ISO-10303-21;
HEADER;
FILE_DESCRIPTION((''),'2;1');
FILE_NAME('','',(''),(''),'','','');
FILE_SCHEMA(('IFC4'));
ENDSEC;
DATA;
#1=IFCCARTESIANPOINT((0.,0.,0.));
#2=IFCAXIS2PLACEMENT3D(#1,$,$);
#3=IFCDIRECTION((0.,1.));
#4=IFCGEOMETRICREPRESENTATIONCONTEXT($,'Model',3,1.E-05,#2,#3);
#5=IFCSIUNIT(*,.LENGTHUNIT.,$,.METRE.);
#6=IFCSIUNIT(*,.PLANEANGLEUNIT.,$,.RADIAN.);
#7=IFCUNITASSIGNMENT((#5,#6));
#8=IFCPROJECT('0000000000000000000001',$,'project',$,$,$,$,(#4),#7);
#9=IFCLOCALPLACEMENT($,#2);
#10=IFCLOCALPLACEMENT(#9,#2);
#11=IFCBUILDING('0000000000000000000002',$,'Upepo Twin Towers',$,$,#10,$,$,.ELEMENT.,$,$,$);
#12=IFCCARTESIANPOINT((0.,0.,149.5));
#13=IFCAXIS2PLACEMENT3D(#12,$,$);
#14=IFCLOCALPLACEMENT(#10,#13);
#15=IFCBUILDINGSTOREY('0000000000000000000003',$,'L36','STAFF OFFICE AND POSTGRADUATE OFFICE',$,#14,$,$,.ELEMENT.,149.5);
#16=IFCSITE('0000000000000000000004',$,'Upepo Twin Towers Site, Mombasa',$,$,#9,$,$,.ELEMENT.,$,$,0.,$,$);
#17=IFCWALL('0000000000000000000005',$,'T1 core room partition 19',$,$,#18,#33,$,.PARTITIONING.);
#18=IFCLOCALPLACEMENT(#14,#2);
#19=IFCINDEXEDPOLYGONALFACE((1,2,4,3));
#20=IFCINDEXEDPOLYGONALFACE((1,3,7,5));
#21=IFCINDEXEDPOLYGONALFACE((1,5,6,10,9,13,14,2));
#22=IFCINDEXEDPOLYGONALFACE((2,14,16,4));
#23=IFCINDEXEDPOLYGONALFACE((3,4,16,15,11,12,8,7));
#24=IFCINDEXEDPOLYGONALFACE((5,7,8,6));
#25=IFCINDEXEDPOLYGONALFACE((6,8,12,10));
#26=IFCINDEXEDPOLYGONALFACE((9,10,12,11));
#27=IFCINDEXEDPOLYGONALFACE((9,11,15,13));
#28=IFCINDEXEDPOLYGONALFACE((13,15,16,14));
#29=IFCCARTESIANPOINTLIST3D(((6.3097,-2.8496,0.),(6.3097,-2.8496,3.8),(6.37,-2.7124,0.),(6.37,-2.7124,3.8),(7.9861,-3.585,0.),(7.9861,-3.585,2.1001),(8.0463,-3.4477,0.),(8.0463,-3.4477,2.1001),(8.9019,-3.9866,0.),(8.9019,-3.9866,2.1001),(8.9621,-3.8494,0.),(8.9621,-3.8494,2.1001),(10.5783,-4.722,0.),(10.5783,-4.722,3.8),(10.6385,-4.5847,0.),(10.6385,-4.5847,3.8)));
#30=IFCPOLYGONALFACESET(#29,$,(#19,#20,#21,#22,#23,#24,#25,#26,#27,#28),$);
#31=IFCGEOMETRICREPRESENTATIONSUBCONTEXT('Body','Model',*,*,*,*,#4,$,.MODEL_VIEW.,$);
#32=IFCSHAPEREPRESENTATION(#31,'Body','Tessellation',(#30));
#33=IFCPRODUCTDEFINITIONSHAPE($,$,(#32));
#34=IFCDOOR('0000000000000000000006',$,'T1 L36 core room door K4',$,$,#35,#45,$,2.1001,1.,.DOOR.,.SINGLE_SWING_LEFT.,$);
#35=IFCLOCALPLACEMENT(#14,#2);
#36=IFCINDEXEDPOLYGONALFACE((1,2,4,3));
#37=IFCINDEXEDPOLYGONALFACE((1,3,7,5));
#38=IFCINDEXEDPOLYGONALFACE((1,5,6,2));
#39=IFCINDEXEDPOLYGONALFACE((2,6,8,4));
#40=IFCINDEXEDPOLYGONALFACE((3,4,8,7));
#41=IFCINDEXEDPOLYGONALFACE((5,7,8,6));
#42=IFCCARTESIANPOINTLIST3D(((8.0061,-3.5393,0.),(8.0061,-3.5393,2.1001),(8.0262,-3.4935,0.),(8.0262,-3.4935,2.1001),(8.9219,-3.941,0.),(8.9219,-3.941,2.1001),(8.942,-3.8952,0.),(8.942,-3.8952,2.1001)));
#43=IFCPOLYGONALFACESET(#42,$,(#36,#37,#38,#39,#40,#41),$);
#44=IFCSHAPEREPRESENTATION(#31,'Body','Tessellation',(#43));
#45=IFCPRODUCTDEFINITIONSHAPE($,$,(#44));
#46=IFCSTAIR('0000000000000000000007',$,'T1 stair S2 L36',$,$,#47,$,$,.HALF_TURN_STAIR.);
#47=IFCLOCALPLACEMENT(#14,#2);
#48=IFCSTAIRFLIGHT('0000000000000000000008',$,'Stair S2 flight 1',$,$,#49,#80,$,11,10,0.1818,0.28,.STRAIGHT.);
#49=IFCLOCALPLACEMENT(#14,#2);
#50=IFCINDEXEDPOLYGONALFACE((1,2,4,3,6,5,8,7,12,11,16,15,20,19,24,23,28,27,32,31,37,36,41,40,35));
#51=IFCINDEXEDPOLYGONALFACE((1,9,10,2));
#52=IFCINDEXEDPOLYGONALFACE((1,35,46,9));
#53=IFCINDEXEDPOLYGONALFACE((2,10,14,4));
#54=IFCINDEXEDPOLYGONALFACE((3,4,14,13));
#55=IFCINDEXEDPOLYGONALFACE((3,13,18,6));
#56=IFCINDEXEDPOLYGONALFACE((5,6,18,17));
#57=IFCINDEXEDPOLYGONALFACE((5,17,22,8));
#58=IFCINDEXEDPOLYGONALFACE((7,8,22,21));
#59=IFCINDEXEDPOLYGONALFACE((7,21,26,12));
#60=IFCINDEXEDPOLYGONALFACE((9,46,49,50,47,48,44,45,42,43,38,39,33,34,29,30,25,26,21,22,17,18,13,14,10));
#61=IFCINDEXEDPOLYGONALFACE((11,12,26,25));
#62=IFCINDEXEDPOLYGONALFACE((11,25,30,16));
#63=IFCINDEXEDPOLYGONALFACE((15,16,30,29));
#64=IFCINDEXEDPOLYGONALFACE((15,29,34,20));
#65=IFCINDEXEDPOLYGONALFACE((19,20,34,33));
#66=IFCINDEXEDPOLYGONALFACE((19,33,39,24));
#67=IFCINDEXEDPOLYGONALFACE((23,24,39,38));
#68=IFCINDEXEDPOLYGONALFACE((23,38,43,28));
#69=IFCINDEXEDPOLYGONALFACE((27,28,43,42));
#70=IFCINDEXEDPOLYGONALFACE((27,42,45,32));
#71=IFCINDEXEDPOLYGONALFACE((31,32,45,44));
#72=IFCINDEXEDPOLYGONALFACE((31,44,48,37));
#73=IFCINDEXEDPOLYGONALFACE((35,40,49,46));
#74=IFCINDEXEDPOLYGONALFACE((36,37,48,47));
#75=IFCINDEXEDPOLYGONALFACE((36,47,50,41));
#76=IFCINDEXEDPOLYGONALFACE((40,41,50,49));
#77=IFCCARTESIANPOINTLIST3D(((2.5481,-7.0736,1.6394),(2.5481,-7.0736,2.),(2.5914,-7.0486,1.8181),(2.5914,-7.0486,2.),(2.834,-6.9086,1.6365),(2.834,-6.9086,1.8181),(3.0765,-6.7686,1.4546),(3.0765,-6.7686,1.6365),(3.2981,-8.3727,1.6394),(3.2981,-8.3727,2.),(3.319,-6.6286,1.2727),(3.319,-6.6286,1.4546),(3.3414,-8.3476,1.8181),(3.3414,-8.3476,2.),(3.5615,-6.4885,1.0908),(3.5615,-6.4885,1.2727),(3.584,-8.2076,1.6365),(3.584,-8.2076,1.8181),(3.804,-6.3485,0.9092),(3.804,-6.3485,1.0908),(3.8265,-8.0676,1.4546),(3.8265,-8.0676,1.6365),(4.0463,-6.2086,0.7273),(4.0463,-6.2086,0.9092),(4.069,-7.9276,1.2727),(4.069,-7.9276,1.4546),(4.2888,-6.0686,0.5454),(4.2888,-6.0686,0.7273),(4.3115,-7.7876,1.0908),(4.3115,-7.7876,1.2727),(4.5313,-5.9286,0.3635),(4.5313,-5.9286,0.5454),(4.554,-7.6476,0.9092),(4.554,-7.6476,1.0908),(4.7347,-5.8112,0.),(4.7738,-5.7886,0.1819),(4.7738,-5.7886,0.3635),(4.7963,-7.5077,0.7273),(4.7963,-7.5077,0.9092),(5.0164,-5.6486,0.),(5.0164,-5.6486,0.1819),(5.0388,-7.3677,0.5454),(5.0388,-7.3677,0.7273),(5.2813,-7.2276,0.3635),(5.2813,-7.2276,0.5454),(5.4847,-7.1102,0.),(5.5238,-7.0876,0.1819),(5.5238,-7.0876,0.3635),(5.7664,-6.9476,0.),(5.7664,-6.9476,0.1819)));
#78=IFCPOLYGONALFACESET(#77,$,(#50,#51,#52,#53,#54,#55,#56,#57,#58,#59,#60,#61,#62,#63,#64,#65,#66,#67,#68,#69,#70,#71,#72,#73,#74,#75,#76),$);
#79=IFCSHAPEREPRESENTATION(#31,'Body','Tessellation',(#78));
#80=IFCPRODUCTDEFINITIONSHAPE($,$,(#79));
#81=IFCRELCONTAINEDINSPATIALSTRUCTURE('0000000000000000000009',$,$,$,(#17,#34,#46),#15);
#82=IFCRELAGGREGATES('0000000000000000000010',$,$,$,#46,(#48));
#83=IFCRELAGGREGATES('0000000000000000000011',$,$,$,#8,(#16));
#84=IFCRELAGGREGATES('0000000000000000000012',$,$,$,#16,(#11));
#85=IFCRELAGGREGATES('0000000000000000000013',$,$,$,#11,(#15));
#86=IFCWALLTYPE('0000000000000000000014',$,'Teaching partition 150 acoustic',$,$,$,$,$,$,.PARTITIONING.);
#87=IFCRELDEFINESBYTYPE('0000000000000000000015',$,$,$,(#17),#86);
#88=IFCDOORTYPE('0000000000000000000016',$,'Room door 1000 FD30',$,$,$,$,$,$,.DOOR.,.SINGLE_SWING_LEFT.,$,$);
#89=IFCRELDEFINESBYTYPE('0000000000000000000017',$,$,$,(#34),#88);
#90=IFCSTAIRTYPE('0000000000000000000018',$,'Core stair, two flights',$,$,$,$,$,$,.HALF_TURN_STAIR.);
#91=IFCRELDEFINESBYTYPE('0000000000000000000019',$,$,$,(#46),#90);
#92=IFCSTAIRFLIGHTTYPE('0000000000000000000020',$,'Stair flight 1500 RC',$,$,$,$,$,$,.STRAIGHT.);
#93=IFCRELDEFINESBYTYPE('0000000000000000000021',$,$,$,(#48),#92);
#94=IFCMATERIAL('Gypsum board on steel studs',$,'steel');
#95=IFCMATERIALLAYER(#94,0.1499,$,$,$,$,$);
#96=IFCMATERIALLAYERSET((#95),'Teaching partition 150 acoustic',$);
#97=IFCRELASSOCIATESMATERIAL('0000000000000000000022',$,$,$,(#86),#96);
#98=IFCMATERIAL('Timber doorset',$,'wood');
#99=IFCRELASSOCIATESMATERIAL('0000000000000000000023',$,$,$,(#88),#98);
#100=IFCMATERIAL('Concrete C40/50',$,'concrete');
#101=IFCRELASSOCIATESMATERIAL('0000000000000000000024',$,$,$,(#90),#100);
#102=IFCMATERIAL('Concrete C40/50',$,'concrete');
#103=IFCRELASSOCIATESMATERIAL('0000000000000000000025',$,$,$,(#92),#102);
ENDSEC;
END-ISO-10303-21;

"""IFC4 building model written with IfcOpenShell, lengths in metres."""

from ifc_helpers import new_model, si_unit, direction, frame, frame_2d, origin, place, context, subcontext, project, spatial, polyline, rectangle, outline, extrude, material, layer, layer_set, type_object, element, fill, aggregate, save


model = new_model("IFC4")

# Units and contexts
model_context = context("Model", 3, precision=1e-05, world=origin(), true_north=direction((0.0, 1.0)))
body_context = subcontext(model_context, "Body", "Model", "MODEL_VIEW")
ifc_project = project(units=[si_unit("LENGTHUNIT", "METRE"), si_unit("PLANEANGLEUNIT", "RADIAN")], contexts=[model_context])

# Site, building, storey
site_placement = place(None, origin())
site = spatial("IfcSite", under=ifc_project, at=site_placement, Name="Upepo Twin Towers Site, Mombasa", CompositionType="ELEMENT", RefElevation=0.0)
building_placement = place(site_placement, origin())
building = spatial("IfcBuilding", under=site, at=building_placement, Name="Upepo Twin Towers", CompositionType="ELEMENT")
storey_placement = place(building_placement, frame((0.0, 0.0, 149.5)))
storey = spatial("IfcBuildingStorey", under=building, at=storey_placement, Name="L36", Description="STAFF OFFICE AND POSTGRADUATE OFFICE", CompositionType="ELEMENT", Elevation=149.5)

# Shared definitions
ifc_material_1 = material(Name="Gypsum board on steel studs", Category="steel")
ifc_layer_1 = layer(ifc_material_1, 0.1499)
ifc_layer_set_1 = layer_set([ifc_layer_1], Name="Teaching partition 150 acoustic")
wall_type_1 = type_object("IfcWallType", Name="Teaching partition 150 acoustic", PredefinedType="PARTITIONING", material=ifc_layer_set_1)

# Shared definitions
ifc_material_2 = material(Name="Timber doorset", Category="wood")
door_type_1 = type_object("IfcDoorType", Name="Room door 1000 FD30", OperationType="SINGLE_SWING_LEFT", PredefinedType="DOOR", material=ifc_material_2)

# Wall, opening, door
wall_1_placement = place(storey_placement, frame((6.3398, -2.781, 0.0), z_axis=(0.0, 0.0, 1.0), x_axis=(0.915777, -0.401687, 0.0)))
wall_1 = element("IfcWall", 1, at=wall_1_placement, inside=storey, type_object=wall_type_1, Name="T1 core room partition 19", PredefinedType="PARTITIONING", context=body_context, shape_type="SweptSolid", body=[
    extrude(rectangle(XDim=4.6611, YDim=0.1499, at=frame_2d((2.3306, 0.0))), origin(), (0.0, 0.0, 1.0), 3.8),
])
opening_1_placement = place(wall_1_placement, frame((1.8306, 0.0, 0.0)))
opening_1 = element("IfcOpeningElement", 2, at=opening_1_placement, cuts=wall_1, PredefinedType="OPENING", context=body_context, shape_type="SweptSolid", body=[
    extrude(rectangle(XDim=1.0, YDim=2.1001, at=frame_2d((0.5, 1.05))), frame((0.0, 0.085, 0.0), z_axis=(0.0, -1.0, 0.0), x_axis=(1.0, 0.0, 0.0)), (0.0, 0.0, 1.0), 0.1699),
])
door_1_placement = place(opening_1_placement, origin())
door_1 = element("IfcDoor", 3, at=door_1_placement, inside=storey, type_object=door_type_1, Name="T1 L36 core room door K4", OperationType="SINGLE_SWING_LEFT", OverallHeight=2.1001, OverallWidth=1.0, PredefinedType="DOOR", context=body_context, shape_type="SweptSolid", body=[
    extrude(rectangle(XDim=1.0, YDim=2.1001, at=frame_2d((0.5, 1.05))), frame((0.0, 0.0249, 0.0), z_axis=(0.0, -1.0, 0.0), x_axis=(1.0, 0.0, 0.0)), (0.0, 0.0, 1.0), 0.05),
])
fill(opening_1, door_1)

# Stair, stair flight
ifc_material_3 = material(Name="Concrete C40/50", Category="concrete")
stair_type = type_object("IfcStairType", Name="Core stair, two flights", PredefinedType="HALF_TURN_STAIR", material=ifc_material_3)
stair_placement = place(storey_placement, origin())
stair = element("IfcStair", 4, at=stair_placement, inside=storey, type_object=stair_type, Name="T1 stair S2 L36", PredefinedType="HALF_TURN_STAIR")
ifc_material_4 = material(Name="Concrete C40/50", Category="concrete")
stair_flight_type = type_object("IfcStairFlightType", Name="Stair flight 1500 RC", PredefinedType="STRAIGHT", material=ifc_material_4)
stair_flight_placement = place(storey_placement, frame((5.3914, -6.2981, 0.0), z_axis=(0.0, 0.0, 1.0), x_axis=(-0.866025, -0.5, 0.0)))
stair_flight = element("IfcStairFlight", 5, at=stair_flight_placement, type_object=stair_flight_type, Name="Stair S2 flight 1", NumberOfRisers=11, NumberOfTreads=10, PredefinedType="STRAIGHT", RiserHeight=0.1818, TreadLength=0.28, context=body_context, shape_type="SweptSolid", body=[
    extrude(outline(polyline([(0.0, 0.0), (0.0, 0.1819), (0.28, 0.1819), (0.28, 0.3635), (0.5601, 0.3635), (0.5601, 0.5454), (0.8401, 0.5454), (0.8401, 0.7273), (1.1201, 0.7273), (1.1201, 0.9092), (1.3999, 0.9092), (1.3999, 1.0908), (1.6799, 1.0908), (1.6799, 1.2727), (1.96, 1.2727), (1.96, 1.4546), (2.24, 1.4546), (2.24, 1.6365), (2.52, 1.6365), (2.52, 1.8181), (2.8, 1.8181), (2.8, 2.0), (2.8501, 2.0), (2.8501, 1.6394), (0.3252, 0.0), (0.0, 0.0)])), frame((0.0, 0.75, 0.0), z_axis=(0.0, -1.0, 0.0), x_axis=(1.0, 0.0, 0.0)), (0.0, 0.0, 1.0), 1.5),
])
aggregate(stair, [stair_flight])

save(model, "model.ifc")
